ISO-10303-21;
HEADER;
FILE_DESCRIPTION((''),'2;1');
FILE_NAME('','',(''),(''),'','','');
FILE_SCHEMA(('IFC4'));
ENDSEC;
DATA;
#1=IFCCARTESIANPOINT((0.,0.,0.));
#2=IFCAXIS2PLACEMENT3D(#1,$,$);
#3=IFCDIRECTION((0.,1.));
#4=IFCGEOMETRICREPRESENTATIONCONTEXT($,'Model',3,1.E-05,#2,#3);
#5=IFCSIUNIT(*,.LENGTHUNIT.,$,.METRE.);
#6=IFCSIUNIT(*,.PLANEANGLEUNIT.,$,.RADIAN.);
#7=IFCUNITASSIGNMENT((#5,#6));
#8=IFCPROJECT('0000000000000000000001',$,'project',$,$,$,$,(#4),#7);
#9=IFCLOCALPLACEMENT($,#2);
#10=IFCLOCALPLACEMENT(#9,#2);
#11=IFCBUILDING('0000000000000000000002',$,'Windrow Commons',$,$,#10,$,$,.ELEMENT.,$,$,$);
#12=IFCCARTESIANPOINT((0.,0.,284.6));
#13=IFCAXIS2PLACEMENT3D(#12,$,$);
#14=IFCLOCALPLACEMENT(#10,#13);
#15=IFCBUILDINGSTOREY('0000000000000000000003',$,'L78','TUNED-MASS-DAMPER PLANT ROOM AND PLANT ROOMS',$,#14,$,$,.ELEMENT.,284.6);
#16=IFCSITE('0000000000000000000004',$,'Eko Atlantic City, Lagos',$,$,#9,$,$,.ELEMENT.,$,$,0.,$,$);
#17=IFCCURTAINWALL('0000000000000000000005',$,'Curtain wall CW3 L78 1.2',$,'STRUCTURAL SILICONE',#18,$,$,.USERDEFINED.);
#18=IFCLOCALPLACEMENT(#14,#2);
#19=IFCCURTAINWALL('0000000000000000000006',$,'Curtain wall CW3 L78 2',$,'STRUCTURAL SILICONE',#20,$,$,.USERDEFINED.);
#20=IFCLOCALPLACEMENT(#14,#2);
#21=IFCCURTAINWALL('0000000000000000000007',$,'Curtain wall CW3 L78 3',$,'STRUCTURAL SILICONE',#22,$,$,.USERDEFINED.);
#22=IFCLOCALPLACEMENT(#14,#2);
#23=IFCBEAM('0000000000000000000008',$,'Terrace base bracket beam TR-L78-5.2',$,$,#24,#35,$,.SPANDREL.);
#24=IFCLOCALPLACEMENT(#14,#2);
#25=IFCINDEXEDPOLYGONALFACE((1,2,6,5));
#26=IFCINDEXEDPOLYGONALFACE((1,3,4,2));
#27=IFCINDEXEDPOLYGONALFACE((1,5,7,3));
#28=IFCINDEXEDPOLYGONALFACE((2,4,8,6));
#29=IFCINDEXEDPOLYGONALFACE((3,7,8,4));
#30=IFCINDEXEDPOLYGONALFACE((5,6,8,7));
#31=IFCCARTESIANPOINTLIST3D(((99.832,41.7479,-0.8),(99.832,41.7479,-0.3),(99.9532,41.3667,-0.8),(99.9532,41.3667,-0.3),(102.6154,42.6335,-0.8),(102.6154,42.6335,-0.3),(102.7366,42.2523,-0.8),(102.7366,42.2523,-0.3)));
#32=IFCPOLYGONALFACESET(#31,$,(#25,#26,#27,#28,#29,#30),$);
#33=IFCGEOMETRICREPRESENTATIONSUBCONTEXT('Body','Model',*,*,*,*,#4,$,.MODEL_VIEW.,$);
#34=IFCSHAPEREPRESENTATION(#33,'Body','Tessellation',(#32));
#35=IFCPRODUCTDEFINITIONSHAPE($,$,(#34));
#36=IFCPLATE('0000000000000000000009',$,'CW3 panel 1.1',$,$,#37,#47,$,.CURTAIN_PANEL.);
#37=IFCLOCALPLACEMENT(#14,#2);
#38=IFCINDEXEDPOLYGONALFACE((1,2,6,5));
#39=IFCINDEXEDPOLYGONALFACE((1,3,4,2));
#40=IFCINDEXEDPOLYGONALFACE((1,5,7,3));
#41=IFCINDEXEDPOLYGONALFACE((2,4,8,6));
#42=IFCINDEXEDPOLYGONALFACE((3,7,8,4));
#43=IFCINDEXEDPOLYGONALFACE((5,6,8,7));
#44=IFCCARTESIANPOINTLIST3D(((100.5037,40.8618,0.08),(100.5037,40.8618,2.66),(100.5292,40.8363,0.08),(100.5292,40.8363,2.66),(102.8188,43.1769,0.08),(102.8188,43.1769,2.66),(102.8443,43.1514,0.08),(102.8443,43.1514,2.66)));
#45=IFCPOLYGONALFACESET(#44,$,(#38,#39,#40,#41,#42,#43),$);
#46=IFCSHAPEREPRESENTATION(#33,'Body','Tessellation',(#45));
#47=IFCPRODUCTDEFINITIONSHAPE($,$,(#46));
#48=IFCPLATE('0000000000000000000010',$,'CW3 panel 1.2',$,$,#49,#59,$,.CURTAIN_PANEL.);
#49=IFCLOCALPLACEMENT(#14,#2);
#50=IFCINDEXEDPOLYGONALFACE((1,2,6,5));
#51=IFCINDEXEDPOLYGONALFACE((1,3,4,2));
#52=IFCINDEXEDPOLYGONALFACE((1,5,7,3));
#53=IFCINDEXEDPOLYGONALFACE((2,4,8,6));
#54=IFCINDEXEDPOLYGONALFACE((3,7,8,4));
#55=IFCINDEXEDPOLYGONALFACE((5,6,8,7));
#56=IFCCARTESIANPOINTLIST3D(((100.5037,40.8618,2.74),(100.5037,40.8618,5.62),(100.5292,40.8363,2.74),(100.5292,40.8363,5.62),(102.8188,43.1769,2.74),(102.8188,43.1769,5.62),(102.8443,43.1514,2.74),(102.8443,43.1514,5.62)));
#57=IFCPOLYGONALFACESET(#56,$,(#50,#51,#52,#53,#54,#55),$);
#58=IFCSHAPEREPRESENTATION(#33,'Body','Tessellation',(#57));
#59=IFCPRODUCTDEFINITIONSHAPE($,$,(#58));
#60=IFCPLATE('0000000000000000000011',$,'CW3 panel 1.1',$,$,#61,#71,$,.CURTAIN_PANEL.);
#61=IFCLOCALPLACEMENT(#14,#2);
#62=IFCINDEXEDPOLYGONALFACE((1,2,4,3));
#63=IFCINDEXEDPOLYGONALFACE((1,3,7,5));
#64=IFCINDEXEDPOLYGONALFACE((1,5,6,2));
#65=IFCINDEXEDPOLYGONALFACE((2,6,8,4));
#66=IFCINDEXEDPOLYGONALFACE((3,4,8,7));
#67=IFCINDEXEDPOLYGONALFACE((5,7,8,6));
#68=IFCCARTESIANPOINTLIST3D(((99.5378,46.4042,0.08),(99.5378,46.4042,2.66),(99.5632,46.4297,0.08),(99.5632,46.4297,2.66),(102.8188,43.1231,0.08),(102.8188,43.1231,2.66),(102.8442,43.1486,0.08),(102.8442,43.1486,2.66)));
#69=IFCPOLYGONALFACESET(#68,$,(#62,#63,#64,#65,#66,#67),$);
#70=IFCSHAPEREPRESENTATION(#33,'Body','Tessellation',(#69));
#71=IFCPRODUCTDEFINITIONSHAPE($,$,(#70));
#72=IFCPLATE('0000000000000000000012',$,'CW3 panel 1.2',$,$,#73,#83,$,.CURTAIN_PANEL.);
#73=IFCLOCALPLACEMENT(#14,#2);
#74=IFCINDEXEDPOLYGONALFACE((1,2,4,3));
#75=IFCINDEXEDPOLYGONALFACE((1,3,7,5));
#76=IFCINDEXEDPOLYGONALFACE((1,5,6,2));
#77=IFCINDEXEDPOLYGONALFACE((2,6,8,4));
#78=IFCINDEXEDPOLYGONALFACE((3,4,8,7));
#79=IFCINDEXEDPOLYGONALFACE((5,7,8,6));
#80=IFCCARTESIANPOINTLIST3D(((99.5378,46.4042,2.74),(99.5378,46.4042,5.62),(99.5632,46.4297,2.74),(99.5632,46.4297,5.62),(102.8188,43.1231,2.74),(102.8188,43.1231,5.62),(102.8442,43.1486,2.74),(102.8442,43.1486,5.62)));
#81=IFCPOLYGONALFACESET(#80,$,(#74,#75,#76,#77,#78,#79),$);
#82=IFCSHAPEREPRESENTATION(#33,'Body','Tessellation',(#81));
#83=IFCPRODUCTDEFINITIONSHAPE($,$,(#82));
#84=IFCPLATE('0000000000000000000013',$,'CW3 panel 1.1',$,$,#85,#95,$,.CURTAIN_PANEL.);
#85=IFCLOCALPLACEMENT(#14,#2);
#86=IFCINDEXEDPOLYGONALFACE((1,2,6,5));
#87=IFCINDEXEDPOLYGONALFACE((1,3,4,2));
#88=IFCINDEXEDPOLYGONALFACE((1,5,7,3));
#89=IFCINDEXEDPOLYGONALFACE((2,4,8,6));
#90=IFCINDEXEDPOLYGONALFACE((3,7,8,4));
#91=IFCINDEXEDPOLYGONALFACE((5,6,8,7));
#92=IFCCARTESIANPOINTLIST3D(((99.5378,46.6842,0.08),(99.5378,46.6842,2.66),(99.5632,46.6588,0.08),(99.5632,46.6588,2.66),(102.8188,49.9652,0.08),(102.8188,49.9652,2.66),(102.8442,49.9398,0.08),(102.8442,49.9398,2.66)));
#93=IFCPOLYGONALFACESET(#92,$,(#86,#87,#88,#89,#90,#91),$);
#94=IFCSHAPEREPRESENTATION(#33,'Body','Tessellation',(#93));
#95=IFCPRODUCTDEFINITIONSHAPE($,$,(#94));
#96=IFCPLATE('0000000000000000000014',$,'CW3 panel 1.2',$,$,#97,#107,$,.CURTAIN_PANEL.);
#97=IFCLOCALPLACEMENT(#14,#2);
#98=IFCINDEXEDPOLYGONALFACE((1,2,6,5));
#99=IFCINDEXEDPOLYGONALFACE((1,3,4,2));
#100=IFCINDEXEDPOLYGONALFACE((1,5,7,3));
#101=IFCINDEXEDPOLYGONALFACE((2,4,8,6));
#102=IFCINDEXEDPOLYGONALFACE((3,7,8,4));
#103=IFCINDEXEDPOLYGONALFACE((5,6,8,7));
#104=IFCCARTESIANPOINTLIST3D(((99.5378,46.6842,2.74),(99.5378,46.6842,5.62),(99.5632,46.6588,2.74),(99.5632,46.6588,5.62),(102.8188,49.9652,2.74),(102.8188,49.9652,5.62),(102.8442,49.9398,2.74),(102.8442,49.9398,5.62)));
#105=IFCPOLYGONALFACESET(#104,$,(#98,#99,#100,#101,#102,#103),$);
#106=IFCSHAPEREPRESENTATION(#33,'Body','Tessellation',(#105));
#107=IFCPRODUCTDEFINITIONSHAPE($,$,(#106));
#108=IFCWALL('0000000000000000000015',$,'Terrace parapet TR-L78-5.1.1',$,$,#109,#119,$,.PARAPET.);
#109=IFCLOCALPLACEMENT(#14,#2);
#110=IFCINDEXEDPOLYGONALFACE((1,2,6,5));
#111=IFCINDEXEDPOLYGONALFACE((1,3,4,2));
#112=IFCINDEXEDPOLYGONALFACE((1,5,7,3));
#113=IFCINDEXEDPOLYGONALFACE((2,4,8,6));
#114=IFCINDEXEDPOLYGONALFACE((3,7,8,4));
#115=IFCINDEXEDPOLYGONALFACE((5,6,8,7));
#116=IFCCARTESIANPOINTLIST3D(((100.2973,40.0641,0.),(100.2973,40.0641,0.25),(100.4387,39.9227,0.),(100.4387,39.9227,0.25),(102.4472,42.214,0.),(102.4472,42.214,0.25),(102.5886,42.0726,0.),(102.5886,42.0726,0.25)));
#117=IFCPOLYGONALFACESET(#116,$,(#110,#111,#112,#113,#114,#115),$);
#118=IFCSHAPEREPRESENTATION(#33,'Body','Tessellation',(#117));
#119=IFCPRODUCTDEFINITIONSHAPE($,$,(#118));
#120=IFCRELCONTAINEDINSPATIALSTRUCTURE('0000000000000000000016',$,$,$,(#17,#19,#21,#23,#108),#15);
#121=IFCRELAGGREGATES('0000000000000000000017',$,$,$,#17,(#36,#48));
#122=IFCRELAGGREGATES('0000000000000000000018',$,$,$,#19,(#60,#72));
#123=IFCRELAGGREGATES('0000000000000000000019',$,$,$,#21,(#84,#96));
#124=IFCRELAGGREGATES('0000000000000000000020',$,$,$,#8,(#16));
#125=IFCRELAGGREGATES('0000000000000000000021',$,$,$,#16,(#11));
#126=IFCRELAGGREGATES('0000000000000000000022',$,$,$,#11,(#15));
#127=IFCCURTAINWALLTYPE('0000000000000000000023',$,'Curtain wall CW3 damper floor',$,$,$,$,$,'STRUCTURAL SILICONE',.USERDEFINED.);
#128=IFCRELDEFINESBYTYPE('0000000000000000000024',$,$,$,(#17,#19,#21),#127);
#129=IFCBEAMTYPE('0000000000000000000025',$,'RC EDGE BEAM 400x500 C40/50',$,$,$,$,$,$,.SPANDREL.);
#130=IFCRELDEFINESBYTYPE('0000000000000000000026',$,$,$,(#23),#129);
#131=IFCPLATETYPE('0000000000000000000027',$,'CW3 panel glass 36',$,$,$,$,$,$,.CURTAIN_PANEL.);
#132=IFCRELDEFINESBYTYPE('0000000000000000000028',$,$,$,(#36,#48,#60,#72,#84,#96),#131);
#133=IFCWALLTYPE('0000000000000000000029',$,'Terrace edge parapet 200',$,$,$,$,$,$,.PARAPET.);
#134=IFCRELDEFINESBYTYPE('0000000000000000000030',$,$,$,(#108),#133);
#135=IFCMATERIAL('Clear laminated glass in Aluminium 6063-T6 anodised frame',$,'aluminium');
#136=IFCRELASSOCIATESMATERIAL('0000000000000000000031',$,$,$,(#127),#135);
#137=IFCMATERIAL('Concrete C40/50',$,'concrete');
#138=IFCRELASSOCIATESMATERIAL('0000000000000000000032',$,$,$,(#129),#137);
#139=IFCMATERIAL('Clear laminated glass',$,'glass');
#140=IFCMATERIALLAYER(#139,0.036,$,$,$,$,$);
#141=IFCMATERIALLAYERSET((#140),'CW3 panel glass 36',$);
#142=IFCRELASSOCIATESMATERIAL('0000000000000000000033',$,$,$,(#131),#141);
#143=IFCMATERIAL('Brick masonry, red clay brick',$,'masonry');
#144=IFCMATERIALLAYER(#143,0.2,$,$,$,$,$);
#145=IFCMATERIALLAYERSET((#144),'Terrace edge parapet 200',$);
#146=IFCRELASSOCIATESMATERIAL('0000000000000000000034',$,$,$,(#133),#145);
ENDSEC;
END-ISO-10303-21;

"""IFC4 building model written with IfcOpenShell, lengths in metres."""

from ifc_helpers import new_model, si_unit, direction, frame, origin, origin_2d, place, context, subcontext, project, spatial, polyline, rectangle, outline, extrude, material, layer, layer_set, material_profile, profile_set, type_object, element, aggregate, save


model = new_model("IFC4")

# Units and contexts
model_context = context("Model", 3, precision=1e-05, world=origin(), true_north=direction((0.0, 1.0)))
body_context = subcontext(model_context, "Body", "Model", "MODEL_VIEW")
ifc_project = project(units=[si_unit("LENGTHUNIT", "METRE"), si_unit("PLANEANGLEUNIT", "RADIAN")], contexts=[model_context])

# Site, building, storey
site_placement = place(None, origin())
site = spatial("IfcSite", under=ifc_project, at=site_placement, Name="Eko Atlantic City, Lagos", CompositionType="ELEMENT", RefElevation=0.0)
building_placement = place(site_placement, origin())
building = spatial("IfcBuilding", under=site, at=building_placement, Name="Windrow Commons", CompositionType="ELEMENT")
storey_placement = place(building_placement, frame((0.0, 0.0, 284.6)))
storey = spatial("IfcBuildingStorey", under=building, at=storey_placement, Name="L78", Description="TUNED-MASS-DAMPER PLANT ROOM AND PLANT ROOMS", CompositionType="ELEMENT", Elevation=284.6)

# Curtain wall
ifc_material_1 = material(Name="Clear laminated glass in Aluminium 6063-T6 anodised frame", Category="aluminium")
curtain_wall_type = type_object("IfcCurtainWallType", Name="Curtain wall CW3 damper floor", ElementType="STRUCTURAL SILICONE", PredefinedType="USERDEFINED", material=ifc_material_1)
placement = place(storey_placement, origin())
curtain_wall_1 = element("IfcCurtainWall", 1, at=placement, inside=storey, type_object=curtain_wall_type, Name="Curtain wall CW3 L78 1.2", ObjectType="STRUCTURAL SILICONE", PredefinedType="USERDEFINED")

# Curtain walls
curtain_wall_2 = element("IfcCurtainWall", 2, at=placement, inside=storey, type_object=curtain_wall_type, Name="Curtain wall CW3 L78 2", ObjectType="STRUCTURAL SILICONE", PredefinedType="USERDEFINED")
curtain_wall_3 = element("IfcCurtainWall", 3, at=placement, inside=storey, type_object=curtain_wall_type, Name="Curtain wall CW3 L78 3", ObjectType="STRUCTURAL SILICONE", PredefinedType="USERDEFINED")

# Beam
ifc_material_2 = material(Name="Concrete C40/50", Category="concrete")
ifc_material_profile_1 = material_profile(ifc_material_2, rectangle(XDim=0.4, YDim=0.5, at=origin_2d()))
ifc_profile_set_1 = profile_set([ifc_material_profile_1], Name="Concrete C40/50")
beam_type = type_object("IfcBeamType", Name="RC EDGE BEAM 400x500 C40/50", PredefinedType="SPANDREL", material=ifc_profile_set_1)
beam_placement = place(storey_placement, frame((99.8926, 41.5573, -0.55), z_axis=(0.952928, 0.303195, 0.0), x_axis=(-0.303195, 0.952928, 0.0)))
element("IfcBeam", 4, at=beam_placement, inside=storey, type_object=beam_type, Name="Terrace base bracket beam TR-L78-5.2", PredefinedType="SPANDREL", context=body_context, shape_type="SweptSolid", body=[
    extrude(rectangle(XDim=0.4, YDim=0.5, at=origin_2d()), origin(), (0.0, 0.0, 1.0), 2.9209),
])

# Plates
ifc_material_3 = material(Name="Clear laminated glass", Category="glass")
ifc_layer_1 = layer(ifc_material_3, 0.036)
ifc_layer_set_1 = layer_set([ifc_layer_1], Name="CW3 panel glass 36")
plate_type = type_object("IfcPlateType", Name="CW3 panel glass 36", PredefinedType="CURTAIN_PANEL", material=ifc_layer_set_1)
plate_1_placement = place(storey_placement, frame((101.674, 42.0066, 0.08), z_axis=(0.0, 0.0, 1.0), x_axis=(0.707109, 0.707104, 0.0)))
plate_1 = element("IfcPlate", 5, at=plate_1_placement, type_object=plate_type, Name="CW3 panel 1.1", PredefinedType="CURTAIN_PANEL", context=body_context, shape_type="SweptSolid", body=[
    extrude(rectangle(XDim=3.274, YDim=0.036, at=origin_2d()), origin(), (0.0, 0.0, 1.0), 2.58),
])
plate_2_placement = place(storey_placement, frame((101.674, 42.0066, 2.74), z_axis=(0.0, 0.0, 1.0), x_axis=(0.707109, 0.707104, 0.0)))
plate_2 = element("IfcPlate", 6, at=plate_2_placement, type_object=plate_type, Name="CW3 panel 1.2", PredefinedType="CURTAIN_PANEL", context=body_context, shape_type="SweptSolid", body=[
    extrude(rectangle(XDim=3.274, YDim=0.036, at=origin_2d()), origin(), (0.0, 0.0, 1.0), 2.88),
])
aggregate(curtain_wall_1, [plate_1, plate_2])
plate_3_placement = place(storey_placement, frame((101.191, 44.7764, 0.08), z_axis=(0.0, 0.0, 1.0), x_axis=(-0.707096, 0.707117, 0.0)))
plate_3 = element("IfcPlate", 7, at=plate_3_placement, type_object=plate_type, Name="CW3 panel 1.1", PredefinedType="CURTAIN_PANEL", context=body_context, shape_type="SweptSolid", body=[
    extrude(rectangle(XDim=4.6401, YDim=0.036, at=origin_2d()), origin(), (0.0, 0.0, 1.0), 2.58),
])
plate_4_placement = place(storey_placement, frame((101.191, 44.7764, 2.74), z_axis=(0.0, 0.0, 1.0), x_axis=(-0.707096, 0.707117, 0.0)))
plate_4 = element("IfcPlate", 8, at=plate_4_placement, type_object=plate_type, Name="CW3 panel 1.2", PredefinedType="CURTAIN_PANEL", context=body_context, shape_type="SweptSolid", body=[
    extrude(rectangle(XDim=4.6401, YDim=0.036, at=origin_2d()), origin(), (0.0, 0.0, 1.0), 2.88),
])
aggregate(curtain_wall_2, [plate_3, plate_4])
plate_5_placement = place(storey_placement, frame((101.191, 48.312, 0.08), z_axis=(0.0, 0.0, 1.0), x_axis=(0.707107, 0.707107, 0.0)))
plate_5 = element("IfcPlate", 9, at=plate_5_placement, type_object=plate_type, Name="CW3 panel 1.1", PredefinedType="CURTAIN_PANEL", context=body_context, shape_type="SweptSolid", body=[
    extrude(rectangle(XDim=4.64, YDim=0.036, at=origin_2d()), origin(), (0.0, 0.0, 1.0), 2.58),
])
plate_6_placement = place(storey_placement, frame((101.191, 48.312, 2.74), z_axis=(0.0, 0.0, 1.0), x_axis=(0.707107, 0.707107, 0.0)))
plate_6 = element("IfcPlate", 10, at=plate_6_placement, type_object=plate_type, Name="CW3 panel 1.2", PredefinedType="CURTAIN_PANEL", context=body_context, shape_type="SweptSolid", body=[
    extrude(rectangle(XDim=4.64, YDim=0.036, at=origin_2d()), origin(), (0.0, 0.0, 1.0), 2.88),
])
aggregate(curtain_wall_3, [plate_5, plate_6])

# Wall
ifc_material_4 = material(Name="Brick masonry, red clay brick", Category="masonry")
ifc_layer_2 = layer(ifc_material_4, 0.2)
ifc_layer_set_2 = layer_set([ifc_layer_2], Name="Terrace edge parapet 200")
wall_type = type_object("IfcWallType", Name="Terrace edge parapet 200", PredefinedType="PARAPET", material=ifc_layer_set_2)
wall_placement = place(storey_placement, frame((102.5179, 42.1433, 0.0), z_axis=(0.0, 0.0, 1.0), x_axis=(-0.707107, -0.707107, 0.0)))
element("IfcWall", 11, at=wall_placement, inside=storey, type_object=wall_type, Name="Terrace parapet TR-L78-5.1.1", PredefinedType="PARAPET", context=body_context, shape_type="SweptSolid", body=[
    extrude(outline(polyline([(0.0, -0.1), (3.0404, -0.1), (3.0404, 0.1), (0.0, 0.1), (0.0, -0.1)])), origin(), (0.0, 0.0, 1.0), 0.25),
])

save(model, "model.ifc")
